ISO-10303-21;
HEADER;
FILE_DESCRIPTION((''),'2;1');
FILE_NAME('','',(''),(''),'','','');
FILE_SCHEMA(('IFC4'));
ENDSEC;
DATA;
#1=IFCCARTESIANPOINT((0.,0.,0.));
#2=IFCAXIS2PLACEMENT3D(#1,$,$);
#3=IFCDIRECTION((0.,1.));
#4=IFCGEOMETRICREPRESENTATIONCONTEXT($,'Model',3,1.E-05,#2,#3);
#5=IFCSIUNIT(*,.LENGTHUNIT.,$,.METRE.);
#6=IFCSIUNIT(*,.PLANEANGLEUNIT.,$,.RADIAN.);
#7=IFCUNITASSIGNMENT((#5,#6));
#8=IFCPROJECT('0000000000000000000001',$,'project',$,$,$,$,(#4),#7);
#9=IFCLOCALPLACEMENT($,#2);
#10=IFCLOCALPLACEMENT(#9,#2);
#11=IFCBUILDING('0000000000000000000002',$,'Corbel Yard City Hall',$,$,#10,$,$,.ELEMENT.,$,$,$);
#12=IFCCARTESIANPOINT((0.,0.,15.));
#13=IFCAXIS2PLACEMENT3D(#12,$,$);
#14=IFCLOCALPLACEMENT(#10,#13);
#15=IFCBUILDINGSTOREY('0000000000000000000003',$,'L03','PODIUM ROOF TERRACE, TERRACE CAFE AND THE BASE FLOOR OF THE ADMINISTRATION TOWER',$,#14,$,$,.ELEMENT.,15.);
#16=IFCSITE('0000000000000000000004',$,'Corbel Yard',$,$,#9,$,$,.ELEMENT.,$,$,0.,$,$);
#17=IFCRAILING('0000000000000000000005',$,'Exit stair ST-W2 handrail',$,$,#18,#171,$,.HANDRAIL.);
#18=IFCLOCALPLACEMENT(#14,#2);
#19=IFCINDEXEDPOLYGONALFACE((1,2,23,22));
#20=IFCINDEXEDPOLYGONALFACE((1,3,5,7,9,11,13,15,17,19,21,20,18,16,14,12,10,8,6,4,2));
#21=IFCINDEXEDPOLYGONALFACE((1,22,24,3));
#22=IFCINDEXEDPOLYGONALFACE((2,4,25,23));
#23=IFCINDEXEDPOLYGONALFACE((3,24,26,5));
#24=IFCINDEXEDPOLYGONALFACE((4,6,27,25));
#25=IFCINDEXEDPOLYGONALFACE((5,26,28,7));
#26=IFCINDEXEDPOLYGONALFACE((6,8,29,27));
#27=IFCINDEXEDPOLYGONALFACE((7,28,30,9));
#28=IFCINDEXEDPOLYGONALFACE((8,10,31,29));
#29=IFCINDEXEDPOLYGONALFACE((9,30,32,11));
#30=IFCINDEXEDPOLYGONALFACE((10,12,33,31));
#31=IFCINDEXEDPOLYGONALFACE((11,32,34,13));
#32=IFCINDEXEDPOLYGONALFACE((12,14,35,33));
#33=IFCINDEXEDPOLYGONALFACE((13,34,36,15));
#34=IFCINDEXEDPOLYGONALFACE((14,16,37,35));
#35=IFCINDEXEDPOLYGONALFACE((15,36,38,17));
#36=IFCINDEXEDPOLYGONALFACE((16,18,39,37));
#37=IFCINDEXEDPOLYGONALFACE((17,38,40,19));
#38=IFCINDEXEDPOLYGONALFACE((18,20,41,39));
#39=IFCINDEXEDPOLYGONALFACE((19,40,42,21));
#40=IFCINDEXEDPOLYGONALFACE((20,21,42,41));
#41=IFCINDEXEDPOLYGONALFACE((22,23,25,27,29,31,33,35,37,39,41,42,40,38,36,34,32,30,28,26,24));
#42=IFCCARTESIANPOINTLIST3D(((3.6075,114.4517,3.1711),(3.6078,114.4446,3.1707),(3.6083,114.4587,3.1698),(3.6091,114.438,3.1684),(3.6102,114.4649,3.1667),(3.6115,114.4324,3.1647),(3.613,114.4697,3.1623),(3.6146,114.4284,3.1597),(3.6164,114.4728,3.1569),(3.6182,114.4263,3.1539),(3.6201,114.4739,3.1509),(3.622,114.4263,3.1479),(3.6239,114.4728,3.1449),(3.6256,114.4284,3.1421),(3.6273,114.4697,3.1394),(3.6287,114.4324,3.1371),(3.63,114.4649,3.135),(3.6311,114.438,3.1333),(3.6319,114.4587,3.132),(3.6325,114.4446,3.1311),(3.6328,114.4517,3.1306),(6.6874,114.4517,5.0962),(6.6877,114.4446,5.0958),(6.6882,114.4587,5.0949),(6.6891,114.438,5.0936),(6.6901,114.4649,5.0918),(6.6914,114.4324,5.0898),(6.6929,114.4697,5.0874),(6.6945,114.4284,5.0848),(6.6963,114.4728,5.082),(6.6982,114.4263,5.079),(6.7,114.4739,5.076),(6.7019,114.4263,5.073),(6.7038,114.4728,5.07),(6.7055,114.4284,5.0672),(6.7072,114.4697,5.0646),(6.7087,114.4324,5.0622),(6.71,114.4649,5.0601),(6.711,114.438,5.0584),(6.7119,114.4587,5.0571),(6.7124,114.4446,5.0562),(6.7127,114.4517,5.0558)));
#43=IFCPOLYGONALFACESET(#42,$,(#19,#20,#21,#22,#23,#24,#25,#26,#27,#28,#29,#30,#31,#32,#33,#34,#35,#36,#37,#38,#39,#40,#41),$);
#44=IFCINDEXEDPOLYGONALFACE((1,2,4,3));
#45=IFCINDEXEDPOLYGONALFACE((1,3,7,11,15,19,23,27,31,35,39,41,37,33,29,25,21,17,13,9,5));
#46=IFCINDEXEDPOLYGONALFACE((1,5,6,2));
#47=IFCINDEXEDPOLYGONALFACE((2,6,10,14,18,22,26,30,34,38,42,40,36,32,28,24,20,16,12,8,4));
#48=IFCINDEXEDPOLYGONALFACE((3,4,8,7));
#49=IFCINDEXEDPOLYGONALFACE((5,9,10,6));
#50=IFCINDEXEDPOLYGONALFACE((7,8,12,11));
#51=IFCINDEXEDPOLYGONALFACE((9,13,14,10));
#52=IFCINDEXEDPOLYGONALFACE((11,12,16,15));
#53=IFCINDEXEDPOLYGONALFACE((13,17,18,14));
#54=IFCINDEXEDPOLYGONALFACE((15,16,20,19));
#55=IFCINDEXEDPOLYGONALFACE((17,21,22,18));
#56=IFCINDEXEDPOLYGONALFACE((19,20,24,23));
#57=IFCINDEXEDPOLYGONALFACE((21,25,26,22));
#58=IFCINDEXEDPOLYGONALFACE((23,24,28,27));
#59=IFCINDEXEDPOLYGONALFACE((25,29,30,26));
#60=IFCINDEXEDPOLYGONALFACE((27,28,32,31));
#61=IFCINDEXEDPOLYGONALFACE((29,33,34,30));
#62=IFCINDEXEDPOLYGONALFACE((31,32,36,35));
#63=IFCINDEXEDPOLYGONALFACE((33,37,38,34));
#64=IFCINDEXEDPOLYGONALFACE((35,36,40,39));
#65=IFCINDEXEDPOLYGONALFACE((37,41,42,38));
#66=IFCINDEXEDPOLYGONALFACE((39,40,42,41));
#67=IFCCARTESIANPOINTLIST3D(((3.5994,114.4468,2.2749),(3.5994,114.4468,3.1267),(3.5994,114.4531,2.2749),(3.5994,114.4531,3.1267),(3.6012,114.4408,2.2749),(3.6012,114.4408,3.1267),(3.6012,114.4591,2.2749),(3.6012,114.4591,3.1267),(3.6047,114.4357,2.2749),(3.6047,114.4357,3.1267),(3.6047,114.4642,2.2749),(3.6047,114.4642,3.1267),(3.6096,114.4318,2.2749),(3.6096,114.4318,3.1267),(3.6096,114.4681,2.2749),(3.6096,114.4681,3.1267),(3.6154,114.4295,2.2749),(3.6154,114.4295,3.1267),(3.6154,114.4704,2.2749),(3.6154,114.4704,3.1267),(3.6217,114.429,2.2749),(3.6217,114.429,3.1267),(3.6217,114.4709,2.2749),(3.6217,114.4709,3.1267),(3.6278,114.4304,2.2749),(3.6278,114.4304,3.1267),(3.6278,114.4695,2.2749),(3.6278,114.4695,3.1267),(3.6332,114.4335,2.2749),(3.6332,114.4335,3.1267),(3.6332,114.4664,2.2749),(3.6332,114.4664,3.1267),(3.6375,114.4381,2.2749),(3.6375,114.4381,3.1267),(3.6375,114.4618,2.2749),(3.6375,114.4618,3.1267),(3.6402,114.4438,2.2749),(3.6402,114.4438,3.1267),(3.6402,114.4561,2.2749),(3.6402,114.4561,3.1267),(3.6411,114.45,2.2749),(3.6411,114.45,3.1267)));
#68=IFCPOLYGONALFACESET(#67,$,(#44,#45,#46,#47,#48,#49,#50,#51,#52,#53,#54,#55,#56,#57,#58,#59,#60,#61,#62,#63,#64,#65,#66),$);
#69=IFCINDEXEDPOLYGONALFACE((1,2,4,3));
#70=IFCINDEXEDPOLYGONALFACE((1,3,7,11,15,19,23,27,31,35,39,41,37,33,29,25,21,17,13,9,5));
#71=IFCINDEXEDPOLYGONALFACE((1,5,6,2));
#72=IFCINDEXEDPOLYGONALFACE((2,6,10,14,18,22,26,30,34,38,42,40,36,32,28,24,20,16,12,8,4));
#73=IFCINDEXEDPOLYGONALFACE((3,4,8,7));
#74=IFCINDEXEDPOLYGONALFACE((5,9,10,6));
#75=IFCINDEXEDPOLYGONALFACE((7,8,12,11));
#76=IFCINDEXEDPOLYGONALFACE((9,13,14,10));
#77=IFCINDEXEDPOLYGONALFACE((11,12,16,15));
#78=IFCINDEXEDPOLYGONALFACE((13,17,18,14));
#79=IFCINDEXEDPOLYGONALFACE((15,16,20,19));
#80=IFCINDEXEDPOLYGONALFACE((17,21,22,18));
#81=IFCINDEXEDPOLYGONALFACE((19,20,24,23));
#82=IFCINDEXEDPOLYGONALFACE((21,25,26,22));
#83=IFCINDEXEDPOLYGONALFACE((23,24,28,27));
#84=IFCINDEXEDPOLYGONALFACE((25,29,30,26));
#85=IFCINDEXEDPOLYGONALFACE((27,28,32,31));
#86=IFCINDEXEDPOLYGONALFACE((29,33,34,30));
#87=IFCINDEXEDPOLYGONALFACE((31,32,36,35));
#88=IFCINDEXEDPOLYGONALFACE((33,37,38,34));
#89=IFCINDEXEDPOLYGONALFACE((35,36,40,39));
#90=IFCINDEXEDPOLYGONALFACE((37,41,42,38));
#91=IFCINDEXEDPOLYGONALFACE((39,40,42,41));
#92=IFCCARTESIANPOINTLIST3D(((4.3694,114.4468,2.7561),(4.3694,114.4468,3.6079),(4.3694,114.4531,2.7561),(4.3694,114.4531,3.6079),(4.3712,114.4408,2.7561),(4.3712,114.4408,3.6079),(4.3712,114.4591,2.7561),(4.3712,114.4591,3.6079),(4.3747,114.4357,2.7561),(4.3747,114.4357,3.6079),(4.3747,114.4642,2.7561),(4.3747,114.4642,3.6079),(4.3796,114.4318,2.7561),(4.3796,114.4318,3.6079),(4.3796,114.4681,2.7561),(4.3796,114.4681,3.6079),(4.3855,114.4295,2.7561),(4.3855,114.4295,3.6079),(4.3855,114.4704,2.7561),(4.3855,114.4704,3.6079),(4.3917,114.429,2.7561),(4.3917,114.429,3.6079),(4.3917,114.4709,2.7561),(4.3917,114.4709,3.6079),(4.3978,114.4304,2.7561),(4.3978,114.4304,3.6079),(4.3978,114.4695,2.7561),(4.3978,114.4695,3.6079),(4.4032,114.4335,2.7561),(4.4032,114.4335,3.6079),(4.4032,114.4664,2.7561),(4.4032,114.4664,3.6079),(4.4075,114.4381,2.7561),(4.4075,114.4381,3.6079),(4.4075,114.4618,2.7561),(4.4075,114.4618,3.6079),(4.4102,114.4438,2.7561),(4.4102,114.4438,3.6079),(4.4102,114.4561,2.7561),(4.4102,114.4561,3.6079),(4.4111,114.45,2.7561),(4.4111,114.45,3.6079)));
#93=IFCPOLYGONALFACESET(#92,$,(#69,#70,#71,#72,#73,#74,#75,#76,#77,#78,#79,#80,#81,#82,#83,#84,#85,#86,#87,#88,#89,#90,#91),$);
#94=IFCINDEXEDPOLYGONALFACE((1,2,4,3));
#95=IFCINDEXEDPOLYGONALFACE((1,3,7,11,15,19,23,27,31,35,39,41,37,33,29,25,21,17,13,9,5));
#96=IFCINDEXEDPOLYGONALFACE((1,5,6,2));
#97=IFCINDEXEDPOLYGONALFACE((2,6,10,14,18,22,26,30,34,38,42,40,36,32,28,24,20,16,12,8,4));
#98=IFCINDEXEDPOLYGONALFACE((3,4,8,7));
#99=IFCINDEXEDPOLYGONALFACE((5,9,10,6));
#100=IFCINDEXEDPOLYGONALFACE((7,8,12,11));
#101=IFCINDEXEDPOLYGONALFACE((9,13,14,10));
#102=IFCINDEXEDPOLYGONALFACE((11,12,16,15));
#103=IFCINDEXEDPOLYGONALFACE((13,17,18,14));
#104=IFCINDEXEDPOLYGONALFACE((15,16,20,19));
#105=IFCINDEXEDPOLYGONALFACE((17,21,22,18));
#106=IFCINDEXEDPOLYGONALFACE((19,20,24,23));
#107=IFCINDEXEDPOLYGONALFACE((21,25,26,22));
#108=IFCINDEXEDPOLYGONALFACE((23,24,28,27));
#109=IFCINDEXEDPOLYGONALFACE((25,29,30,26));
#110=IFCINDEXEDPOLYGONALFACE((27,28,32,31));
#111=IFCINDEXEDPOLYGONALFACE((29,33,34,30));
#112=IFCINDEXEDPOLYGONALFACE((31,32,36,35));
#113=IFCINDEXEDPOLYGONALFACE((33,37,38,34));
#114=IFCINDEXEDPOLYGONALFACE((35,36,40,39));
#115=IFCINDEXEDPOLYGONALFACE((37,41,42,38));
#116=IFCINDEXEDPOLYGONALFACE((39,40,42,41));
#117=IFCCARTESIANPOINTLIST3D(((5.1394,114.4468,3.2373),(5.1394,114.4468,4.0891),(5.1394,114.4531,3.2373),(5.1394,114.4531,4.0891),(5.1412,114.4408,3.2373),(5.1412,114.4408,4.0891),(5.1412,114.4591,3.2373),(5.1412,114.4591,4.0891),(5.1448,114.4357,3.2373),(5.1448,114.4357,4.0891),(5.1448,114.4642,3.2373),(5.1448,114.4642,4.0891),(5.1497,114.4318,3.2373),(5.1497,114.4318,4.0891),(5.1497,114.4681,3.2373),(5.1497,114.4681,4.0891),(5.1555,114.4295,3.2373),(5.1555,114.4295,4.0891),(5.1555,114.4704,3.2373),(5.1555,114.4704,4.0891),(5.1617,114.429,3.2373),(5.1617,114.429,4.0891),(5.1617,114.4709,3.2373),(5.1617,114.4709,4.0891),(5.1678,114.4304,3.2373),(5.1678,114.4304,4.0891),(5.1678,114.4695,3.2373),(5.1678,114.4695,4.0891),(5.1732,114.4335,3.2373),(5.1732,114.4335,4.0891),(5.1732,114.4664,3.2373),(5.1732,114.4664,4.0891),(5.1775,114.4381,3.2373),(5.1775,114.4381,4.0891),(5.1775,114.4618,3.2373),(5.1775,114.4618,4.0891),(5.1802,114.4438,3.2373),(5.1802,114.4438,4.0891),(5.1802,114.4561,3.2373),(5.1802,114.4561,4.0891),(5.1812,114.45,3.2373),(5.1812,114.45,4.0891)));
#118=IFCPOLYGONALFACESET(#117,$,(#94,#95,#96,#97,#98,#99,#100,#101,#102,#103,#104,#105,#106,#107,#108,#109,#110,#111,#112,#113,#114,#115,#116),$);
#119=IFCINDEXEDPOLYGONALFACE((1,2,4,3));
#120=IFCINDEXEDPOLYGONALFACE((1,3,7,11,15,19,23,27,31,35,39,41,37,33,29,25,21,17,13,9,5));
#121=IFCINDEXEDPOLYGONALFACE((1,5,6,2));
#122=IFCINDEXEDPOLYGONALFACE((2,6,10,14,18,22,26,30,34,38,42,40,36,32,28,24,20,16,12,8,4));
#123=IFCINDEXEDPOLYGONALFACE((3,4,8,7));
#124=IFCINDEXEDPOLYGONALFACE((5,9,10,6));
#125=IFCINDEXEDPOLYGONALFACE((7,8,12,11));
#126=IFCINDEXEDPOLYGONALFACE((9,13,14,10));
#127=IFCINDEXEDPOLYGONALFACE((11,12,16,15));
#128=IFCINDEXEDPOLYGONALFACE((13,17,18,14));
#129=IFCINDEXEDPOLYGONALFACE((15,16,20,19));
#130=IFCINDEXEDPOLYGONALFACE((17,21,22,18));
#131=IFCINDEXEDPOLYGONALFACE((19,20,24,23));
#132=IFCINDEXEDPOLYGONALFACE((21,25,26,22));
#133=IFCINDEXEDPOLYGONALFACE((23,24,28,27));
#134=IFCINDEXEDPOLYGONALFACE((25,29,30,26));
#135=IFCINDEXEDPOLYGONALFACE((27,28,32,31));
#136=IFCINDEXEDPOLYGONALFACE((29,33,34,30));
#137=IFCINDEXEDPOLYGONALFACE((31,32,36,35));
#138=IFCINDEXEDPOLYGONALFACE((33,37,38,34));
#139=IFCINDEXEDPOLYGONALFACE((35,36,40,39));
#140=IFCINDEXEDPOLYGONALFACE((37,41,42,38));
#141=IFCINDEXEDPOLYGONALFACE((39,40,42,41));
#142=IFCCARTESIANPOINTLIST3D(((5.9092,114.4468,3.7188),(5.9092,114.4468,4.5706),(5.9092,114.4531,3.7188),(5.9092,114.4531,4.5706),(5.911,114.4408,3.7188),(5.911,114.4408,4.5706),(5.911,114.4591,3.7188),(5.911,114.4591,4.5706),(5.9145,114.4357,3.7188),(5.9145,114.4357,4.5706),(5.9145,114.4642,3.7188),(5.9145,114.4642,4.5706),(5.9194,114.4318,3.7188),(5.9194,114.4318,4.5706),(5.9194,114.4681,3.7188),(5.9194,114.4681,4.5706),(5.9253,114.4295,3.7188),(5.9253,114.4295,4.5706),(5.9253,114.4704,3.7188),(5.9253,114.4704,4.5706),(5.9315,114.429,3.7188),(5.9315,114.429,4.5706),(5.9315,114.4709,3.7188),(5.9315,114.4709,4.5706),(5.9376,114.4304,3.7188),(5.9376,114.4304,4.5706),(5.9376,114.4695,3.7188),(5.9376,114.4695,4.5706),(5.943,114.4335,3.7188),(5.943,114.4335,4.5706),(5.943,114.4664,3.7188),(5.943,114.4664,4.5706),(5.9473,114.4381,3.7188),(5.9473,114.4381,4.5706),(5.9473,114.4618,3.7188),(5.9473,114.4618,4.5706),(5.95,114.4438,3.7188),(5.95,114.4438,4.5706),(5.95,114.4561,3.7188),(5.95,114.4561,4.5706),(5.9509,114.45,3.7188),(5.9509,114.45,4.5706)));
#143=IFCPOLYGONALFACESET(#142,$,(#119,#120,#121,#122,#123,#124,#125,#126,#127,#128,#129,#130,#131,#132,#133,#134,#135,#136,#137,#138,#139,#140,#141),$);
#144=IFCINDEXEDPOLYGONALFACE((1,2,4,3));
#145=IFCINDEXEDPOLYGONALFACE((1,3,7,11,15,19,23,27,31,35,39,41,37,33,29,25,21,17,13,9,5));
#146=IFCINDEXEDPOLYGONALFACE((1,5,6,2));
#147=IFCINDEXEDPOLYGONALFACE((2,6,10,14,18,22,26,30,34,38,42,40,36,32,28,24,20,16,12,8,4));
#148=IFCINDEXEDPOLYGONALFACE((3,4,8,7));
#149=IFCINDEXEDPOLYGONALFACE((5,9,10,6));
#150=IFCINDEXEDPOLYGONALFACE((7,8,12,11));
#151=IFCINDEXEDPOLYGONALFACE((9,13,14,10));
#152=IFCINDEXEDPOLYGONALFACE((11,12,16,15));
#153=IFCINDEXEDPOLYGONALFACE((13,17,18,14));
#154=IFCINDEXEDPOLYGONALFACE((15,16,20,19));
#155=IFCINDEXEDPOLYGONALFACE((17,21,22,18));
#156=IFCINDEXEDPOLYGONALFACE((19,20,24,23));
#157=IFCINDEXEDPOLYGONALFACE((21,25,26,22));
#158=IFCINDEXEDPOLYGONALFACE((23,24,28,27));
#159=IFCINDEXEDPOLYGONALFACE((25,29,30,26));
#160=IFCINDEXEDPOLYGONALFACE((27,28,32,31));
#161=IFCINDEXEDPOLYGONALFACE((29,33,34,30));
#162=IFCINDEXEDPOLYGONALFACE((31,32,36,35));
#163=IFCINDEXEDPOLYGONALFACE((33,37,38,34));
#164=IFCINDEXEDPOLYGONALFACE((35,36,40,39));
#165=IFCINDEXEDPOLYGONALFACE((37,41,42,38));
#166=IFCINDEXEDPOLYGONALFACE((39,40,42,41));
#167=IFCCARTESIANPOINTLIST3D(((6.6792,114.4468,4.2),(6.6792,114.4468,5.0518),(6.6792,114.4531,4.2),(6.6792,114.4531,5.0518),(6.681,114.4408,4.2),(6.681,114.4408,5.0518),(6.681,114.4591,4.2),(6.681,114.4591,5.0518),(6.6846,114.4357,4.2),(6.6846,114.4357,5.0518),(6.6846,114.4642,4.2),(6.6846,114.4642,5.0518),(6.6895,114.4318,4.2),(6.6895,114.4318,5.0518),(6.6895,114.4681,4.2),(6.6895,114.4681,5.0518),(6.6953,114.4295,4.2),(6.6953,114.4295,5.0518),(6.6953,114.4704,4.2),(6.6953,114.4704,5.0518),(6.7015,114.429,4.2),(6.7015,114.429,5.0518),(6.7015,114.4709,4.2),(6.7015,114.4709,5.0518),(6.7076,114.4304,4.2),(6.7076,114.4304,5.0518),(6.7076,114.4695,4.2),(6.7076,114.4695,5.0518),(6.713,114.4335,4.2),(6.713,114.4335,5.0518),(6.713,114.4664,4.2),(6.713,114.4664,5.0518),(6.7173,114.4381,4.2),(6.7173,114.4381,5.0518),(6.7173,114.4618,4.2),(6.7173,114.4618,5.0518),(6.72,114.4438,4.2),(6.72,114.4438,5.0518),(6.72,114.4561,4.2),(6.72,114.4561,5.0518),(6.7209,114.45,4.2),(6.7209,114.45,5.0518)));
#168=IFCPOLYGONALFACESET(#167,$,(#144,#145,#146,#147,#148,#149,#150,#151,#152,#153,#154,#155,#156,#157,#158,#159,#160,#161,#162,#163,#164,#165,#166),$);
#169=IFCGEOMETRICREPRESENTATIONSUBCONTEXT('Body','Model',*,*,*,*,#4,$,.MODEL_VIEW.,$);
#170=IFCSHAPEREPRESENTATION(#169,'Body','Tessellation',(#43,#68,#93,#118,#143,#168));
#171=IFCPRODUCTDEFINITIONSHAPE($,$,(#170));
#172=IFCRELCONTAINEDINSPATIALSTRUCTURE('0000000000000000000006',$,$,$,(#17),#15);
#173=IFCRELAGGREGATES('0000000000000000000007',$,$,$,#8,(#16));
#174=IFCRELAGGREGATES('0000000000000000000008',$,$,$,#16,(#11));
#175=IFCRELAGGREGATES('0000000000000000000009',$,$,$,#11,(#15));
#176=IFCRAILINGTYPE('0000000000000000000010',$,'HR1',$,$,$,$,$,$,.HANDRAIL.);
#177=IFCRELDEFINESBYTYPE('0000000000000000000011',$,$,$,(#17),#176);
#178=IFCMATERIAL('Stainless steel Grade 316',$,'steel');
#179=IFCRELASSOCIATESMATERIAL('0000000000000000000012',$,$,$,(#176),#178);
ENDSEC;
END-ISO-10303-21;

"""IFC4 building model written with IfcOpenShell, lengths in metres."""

from ifc_helpers import new_model, si_unit, direction, frame, origin, origin_2d, place, context, subcontext, project, spatial, circle, extrude, material, type_object, element, save


model = new_model("IFC4")

# Units and contexts
model_context = context("Model", 3, precision=1e-05, world=origin(), true_north=direction((0.0, 1.0)))
body_context = subcontext(model_context, "Body", "Model", "MODEL_VIEW")
ifc_project = project(units=[si_unit("LENGTHUNIT", "METRE"), si_unit("PLANEANGLEUNIT", "RADIAN")], contexts=[model_context])

# Site, building, storey
site_placement = place(None, origin())
site = spatial("IfcSite", under=ifc_project, at=site_placement, Name="Corbel Yard", CompositionType="ELEMENT", RefElevation=0.0)
building_placement = place(site_placement, origin())
building = spatial("IfcBuilding", under=site, at=building_placement, Name="Corbel Yard City Hall", CompositionType="ELEMENT")
storey_placement = place(building_placement, frame((0.0, 0.0, 15.0)))
storey = spatial("IfcBuildingStorey", under=building, at=storey_placement, Name="L03", Description="PODIUM ROOF TERRACE, TERRACE CAFE AND THE BASE FLOOR OF THE ADMINISTRATION TOWER", CompositionType="ELEMENT", Elevation=15.0)

# Railing
ifc_material_1 = material(Name="Stainless steel Grade 316", Category="steel")
railing_type = type_object("IfcRailingType", Name="HR1", PredefinedType="HANDRAIL", material=ifc_material_1)
for number, where, name in (
    (1, (3.6201, 114.45, 2.2749), "Exit stair ST-W2 handrail"),
):
    element("IfcRailing", number, at=place(storey_placement, frame(where)), inside=storey, type_object=railing_type, Name=name, PredefinedType="HANDRAIL", context=body_context, shape_type="SweptSolid", body=[
        extrude(circle(Radius=0.0239, at=origin_2d()), frame((0.0, 0.0, 0.876), z_axis=(0.847979, 0.0, 0.530029), x_axis=(0.0, 1.0, 0.0)), (0.0, 0.0, 1.0), 3.6321),
        extrude(circle(Radius=0.021, at=origin_2d()), origin(), (0.0, 0.0, 1.0), 0.8518),
        extrude(circle(Radius=0.021, at=origin_2d()), frame((0.77, 0.0, 0.4812)), (0.0, 0.0, 1.0), 0.8518),
        extrude(circle(Radius=0.021, at=origin_2d()), frame((1.54, 0.0, 0.9624)), (0.0, 0.0, 1.0), 0.8518),
        extrude(circle(Radius=0.021, at=origin_2d()), frame((2.3098, 0.0, 1.4438)), (0.0, 0.0, 1.0), 0.8518),
        extrude(circle(Radius=0.021, at=origin_2d()), frame((3.0798, 0.0, 1.925)), (0.0, 0.0, 1.0), 0.8518),
    ])

save(model, "model.ifc")
